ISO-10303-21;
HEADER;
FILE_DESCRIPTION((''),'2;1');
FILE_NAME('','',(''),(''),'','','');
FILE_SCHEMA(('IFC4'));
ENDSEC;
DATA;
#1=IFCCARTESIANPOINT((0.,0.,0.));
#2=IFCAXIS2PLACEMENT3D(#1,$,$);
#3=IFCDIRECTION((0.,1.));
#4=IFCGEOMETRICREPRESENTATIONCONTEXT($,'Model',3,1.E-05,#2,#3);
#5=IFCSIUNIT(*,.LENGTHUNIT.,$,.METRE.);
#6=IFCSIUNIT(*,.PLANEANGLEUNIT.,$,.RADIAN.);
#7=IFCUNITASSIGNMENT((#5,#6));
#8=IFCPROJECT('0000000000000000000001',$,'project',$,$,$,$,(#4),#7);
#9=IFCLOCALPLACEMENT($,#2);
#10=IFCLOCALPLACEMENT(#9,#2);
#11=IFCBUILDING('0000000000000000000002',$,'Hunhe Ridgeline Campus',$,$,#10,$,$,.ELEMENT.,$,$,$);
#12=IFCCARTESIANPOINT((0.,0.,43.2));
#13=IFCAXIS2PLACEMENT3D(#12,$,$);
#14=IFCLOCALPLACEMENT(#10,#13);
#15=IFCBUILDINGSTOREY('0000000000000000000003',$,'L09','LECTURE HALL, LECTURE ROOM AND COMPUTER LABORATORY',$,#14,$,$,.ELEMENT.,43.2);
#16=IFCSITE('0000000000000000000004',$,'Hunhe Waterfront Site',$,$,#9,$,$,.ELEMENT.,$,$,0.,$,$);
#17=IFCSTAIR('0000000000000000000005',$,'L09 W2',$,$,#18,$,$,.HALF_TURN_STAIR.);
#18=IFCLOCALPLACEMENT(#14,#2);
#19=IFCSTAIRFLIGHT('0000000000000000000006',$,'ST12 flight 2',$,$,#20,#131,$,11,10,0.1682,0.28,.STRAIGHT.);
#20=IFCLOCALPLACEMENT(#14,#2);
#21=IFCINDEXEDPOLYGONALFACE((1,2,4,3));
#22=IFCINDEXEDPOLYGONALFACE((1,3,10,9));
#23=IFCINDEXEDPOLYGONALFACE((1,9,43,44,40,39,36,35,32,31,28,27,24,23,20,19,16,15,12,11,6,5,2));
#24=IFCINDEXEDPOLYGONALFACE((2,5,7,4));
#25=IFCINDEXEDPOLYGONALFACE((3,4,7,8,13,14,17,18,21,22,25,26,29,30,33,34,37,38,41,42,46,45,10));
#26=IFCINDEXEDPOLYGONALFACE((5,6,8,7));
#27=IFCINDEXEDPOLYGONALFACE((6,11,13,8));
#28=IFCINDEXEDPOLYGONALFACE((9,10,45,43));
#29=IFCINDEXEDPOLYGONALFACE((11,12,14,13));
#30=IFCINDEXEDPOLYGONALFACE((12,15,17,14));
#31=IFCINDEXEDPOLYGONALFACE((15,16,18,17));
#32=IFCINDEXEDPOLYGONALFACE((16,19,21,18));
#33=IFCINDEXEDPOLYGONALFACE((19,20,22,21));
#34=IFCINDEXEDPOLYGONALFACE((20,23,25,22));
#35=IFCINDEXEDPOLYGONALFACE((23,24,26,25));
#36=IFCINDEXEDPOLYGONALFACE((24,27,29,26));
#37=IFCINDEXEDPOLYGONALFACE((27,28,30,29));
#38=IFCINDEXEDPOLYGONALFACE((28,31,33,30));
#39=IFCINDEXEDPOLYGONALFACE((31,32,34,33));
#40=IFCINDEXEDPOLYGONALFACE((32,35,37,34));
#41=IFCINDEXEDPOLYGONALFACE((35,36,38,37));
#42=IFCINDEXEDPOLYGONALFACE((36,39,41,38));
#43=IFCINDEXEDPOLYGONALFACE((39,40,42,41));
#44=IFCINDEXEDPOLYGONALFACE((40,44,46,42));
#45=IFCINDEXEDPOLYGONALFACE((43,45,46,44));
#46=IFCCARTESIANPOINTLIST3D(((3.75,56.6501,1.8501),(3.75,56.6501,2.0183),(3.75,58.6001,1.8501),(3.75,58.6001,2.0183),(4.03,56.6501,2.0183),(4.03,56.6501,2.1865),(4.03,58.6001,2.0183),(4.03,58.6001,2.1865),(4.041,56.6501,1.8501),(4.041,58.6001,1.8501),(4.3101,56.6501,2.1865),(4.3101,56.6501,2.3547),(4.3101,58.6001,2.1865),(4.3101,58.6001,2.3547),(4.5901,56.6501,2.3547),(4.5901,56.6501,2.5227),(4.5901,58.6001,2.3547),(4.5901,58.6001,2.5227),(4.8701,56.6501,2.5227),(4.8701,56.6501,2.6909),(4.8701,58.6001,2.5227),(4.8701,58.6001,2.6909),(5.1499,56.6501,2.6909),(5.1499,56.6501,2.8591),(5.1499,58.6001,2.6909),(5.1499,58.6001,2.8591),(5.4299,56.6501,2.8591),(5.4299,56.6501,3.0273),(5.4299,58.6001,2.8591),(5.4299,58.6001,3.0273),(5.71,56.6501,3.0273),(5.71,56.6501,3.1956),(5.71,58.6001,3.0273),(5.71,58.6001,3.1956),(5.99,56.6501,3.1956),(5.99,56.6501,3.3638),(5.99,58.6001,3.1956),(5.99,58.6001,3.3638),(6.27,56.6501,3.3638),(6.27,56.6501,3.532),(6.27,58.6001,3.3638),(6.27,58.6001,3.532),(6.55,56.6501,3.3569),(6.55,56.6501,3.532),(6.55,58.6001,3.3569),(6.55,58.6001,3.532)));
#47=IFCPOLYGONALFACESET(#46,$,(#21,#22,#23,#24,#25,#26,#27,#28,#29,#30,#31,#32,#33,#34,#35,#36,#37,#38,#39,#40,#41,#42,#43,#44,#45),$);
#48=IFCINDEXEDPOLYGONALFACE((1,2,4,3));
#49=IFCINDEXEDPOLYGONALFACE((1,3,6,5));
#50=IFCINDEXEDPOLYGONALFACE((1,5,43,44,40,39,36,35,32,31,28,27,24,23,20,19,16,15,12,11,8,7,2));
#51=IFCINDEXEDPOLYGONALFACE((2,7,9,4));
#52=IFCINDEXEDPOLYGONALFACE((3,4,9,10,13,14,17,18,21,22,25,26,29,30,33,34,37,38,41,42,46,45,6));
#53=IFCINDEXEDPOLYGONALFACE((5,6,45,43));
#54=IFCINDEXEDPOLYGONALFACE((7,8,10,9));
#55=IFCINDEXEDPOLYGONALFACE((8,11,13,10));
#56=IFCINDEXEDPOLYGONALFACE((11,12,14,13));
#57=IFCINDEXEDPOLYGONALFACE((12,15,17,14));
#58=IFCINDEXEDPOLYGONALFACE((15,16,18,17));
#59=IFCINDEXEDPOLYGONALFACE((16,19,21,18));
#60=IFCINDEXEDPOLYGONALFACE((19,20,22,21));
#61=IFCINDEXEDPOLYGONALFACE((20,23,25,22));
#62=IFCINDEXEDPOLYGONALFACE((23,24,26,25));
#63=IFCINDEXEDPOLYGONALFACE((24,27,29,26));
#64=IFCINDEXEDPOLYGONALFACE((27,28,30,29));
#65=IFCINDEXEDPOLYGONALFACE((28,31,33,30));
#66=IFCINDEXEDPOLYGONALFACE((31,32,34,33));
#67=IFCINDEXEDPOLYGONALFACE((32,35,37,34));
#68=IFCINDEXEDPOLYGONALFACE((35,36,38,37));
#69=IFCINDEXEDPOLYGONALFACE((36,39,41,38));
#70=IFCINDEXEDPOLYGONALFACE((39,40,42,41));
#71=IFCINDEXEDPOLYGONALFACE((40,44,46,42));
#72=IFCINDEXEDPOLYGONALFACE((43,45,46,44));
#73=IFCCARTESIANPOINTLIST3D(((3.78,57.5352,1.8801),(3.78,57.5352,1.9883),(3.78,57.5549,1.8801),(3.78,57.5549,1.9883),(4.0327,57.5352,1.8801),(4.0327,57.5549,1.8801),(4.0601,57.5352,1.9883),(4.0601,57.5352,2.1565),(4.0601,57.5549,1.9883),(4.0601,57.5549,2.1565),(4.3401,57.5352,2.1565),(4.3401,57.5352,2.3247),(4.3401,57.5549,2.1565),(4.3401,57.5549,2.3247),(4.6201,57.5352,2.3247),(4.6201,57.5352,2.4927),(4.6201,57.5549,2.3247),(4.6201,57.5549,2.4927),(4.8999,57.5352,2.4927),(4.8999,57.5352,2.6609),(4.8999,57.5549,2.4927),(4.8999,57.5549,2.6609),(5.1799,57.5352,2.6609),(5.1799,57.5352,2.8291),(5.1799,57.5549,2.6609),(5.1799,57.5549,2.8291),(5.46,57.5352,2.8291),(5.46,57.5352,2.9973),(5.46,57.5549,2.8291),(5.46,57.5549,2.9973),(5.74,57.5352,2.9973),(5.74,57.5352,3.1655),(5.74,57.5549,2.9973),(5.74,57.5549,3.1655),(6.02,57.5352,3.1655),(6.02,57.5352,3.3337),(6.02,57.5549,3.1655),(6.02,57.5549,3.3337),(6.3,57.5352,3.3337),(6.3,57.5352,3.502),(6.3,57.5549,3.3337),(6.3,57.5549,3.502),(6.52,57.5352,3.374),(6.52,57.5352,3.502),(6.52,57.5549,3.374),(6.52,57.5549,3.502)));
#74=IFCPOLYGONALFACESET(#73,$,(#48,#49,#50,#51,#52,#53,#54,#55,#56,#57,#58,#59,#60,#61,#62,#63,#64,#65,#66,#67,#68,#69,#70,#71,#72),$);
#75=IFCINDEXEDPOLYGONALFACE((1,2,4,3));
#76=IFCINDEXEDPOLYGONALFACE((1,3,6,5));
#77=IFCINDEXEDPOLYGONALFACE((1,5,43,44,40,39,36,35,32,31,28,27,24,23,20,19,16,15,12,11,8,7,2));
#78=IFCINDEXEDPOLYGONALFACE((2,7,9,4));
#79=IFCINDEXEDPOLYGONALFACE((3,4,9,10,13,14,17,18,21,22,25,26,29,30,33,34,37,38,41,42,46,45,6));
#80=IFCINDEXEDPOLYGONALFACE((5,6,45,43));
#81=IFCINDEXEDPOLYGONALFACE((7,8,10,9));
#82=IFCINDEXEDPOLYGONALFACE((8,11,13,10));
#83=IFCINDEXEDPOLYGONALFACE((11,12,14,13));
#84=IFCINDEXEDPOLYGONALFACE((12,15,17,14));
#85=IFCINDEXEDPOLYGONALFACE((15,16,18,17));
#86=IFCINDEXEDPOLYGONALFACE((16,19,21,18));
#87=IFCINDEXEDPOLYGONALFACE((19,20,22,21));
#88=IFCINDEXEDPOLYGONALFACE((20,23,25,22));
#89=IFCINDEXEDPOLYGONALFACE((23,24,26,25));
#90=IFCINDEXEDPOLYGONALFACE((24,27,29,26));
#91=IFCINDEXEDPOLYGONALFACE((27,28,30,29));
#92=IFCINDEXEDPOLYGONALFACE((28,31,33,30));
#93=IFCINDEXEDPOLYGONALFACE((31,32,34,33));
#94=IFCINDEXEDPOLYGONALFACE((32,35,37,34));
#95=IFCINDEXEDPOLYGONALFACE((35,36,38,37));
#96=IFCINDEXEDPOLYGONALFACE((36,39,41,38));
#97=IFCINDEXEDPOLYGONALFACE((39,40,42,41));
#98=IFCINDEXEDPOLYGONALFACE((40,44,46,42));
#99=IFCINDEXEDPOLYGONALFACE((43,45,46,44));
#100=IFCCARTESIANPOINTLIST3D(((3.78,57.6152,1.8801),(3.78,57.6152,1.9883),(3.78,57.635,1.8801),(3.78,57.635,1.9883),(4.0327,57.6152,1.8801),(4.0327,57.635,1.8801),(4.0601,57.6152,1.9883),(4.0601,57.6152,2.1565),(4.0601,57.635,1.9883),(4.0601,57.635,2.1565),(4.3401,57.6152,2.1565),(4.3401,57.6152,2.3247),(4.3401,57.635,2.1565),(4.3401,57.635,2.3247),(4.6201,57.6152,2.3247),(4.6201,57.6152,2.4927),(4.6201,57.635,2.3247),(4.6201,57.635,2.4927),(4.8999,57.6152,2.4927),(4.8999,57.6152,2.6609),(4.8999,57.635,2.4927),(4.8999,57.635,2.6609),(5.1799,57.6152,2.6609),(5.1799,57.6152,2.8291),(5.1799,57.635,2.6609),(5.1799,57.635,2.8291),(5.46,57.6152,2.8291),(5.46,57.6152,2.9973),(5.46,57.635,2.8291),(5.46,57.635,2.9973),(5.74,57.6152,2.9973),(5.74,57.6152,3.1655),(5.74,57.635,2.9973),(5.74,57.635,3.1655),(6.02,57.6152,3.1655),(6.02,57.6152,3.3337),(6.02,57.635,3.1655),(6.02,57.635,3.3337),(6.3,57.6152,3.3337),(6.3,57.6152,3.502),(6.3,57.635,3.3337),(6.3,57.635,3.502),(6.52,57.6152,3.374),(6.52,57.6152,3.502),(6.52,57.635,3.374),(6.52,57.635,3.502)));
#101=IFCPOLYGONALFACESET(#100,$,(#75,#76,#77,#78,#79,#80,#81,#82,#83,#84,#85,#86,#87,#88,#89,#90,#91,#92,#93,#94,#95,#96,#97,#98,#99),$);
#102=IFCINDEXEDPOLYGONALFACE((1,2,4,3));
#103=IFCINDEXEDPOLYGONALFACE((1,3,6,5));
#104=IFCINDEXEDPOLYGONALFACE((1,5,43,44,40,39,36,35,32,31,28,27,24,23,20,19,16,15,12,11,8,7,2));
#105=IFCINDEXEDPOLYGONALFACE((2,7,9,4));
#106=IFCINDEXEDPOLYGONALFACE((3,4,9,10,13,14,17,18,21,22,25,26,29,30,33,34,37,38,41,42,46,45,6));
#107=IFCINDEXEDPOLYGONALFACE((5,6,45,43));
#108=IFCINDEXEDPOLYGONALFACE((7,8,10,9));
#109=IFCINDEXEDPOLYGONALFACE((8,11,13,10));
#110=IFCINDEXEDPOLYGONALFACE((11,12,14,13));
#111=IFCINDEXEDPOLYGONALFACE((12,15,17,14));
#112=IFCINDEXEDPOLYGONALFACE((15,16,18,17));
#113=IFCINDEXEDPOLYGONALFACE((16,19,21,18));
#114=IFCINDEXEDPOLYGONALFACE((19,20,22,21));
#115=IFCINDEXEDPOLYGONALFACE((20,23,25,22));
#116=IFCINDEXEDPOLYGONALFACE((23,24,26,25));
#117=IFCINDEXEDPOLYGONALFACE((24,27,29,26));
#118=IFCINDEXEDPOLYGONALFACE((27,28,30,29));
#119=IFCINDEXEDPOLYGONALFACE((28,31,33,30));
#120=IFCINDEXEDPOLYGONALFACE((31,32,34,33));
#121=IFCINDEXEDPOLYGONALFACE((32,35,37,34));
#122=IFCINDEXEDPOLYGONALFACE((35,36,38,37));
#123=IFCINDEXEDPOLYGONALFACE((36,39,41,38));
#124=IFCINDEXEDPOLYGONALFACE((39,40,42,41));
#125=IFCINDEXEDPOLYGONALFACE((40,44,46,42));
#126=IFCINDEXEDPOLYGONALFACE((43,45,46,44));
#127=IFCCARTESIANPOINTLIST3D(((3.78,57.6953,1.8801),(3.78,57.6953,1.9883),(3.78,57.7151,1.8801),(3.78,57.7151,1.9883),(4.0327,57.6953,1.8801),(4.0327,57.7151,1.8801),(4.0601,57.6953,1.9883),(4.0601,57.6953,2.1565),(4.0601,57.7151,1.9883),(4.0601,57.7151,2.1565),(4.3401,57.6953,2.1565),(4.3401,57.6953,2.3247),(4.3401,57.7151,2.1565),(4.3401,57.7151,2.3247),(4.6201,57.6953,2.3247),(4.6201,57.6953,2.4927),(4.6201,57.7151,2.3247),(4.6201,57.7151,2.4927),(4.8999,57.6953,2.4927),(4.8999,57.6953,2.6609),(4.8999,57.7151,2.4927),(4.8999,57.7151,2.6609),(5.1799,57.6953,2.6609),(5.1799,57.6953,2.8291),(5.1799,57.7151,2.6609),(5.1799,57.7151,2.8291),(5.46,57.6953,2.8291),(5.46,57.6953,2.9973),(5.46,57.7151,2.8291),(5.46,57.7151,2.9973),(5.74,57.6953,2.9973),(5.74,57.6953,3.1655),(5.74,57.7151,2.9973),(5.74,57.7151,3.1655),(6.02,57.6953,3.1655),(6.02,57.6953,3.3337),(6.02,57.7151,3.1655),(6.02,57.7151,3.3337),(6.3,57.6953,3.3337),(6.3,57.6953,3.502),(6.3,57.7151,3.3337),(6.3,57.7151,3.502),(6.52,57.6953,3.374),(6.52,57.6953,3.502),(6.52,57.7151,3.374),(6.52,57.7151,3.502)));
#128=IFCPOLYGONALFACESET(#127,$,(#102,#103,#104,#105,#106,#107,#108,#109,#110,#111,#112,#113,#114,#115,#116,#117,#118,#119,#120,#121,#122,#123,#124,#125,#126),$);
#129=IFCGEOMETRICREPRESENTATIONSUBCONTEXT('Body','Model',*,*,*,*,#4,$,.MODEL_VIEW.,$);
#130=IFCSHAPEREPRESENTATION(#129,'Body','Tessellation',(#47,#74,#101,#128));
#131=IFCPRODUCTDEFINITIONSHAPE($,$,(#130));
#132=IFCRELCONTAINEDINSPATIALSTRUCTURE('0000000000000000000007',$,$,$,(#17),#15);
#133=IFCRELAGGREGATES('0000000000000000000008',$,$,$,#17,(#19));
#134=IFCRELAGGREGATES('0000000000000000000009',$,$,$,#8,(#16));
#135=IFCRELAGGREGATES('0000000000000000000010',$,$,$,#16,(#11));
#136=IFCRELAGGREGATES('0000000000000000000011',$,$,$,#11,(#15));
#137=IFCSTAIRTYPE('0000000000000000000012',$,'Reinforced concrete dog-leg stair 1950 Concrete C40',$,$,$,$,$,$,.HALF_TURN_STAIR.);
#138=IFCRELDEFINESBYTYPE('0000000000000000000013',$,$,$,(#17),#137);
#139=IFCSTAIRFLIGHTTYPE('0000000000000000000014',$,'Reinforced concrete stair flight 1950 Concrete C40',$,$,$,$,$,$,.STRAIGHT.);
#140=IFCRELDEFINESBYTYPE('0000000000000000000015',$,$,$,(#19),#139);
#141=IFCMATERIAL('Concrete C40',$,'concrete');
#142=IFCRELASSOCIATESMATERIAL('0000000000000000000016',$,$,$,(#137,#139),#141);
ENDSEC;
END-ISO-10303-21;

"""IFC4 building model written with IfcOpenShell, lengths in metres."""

from ifc_helpers import new_model, si_unit, direction, frame, origin, place, context, subcontext, project, spatial, polyline, outline, extrude, material, type_object, element, aggregate, save


model = new_model("IFC4")

# Units and contexts
model_context = context("Model", 3, precision=1e-05, world=origin(), true_north=direction((0.0, 1.0)))
body_context = subcontext(model_context, "Body", "Model", "MODEL_VIEW")
ifc_project = project(units=[si_unit("LENGTHUNIT", "METRE"), si_unit("PLANEANGLEUNIT", "RADIAN")], contexts=[model_context])

# Site, building, storey
site_placement = place(None, origin())
site = spatial("IfcSite", under=ifc_project, at=site_placement, Name="Hunhe Waterfront Site", CompositionType="ELEMENT", RefElevation=0.0)
building_placement = place(site_placement, origin())
building = spatial("IfcBuilding", under=site, at=building_placement, Name="Hunhe Ridgeline Campus", CompositionType="ELEMENT")
storey_placement = place(building_placement, frame((0.0, 0.0, 43.2)))
storey = spatial("IfcBuildingStorey", under=building, at=storey_placement, Name="L09", Description="LECTURE HALL, LECTURE ROOM AND COMPUTER LABORATORY", CompositionType="ELEMENT", Elevation=43.2)

# Stair, stair flight
ifc_material_1 = material(Name="Concrete C40", Category="concrete")
stair_type = type_object("IfcStairType", Name="Reinforced concrete dog-leg stair 1950 Concrete C40", PredefinedType="HALF_TURN_STAIR", material=ifc_material_1)
stair_placement = place(storey_placement, origin())
stair = element("IfcStair", 1, at=stair_placement, inside=storey, type_object=stair_type, Name="L09 W2", PredefinedType="HALF_TURN_STAIR")
stair_flight_type = type_object("IfcStairFlightType", Name="Reinforced concrete stair flight 1950 Concrete C40", PredefinedType="STRAIGHT", material=ifc_material_1)
stair_flight_1_placement = place(storey_placement, frame((3.75, 57.625, 1.8501), z_axis=(0.0, 0.0, 1.0), x_axis=(1.0, 0.0, 0.0)))
stair_flight_1 = element("IfcStairFlight", 2, at=stair_flight_1_placement, type_object=stair_flight_type, Name="ST12 flight 2", NumberOfRisers=11, NumberOfTreads=10, PredefinedType="STRAIGHT", RiserHeight=0.1682, TreadLength=0.28, context=body_context, shape_type="SweptSolid", body=[
    extrude(outline(polyline([(0.0, 0.0), (0.0, 0.1682), (0.28, 0.1682), (0.28, 0.3364), (0.5601, 0.3364), (0.5601, 0.5046), (0.8401, 0.5046), (0.8401, 0.6726), (1.1201, 0.6726), (1.1201, 0.8408), (1.3999, 0.8408), (1.3999, 1.009), (1.6799, 1.009), (1.6799, 1.1772), (1.96, 1.1772), (1.96, 1.3455), (2.24, 1.3455), (2.24, 1.5137), (2.52, 1.5137), (2.52, 1.6819), (2.8, 1.6819), (2.8, 1.8501), (2.8, 1.5068), (0.291, 0.0), (0.0, 0.0)])), frame((0.0, 0.9751, 0.0), z_axis=(0.0, -1.0, 0.0), x_axis=(1.0, 0.0, 0.0)), (0.0, 0.0, 1.0), 1.95),
    extrude(outline(polyline([(0.03, 0.03), (0.03, 0.1382), (0.3101, 0.1382), (0.3101, 0.3064), (0.5901, 0.3064), (0.5901, 0.4746), (0.8701, 0.4746), (0.8701, 0.6426), (1.1499, 0.6426), (1.1499, 0.8108), (1.4299, 0.8108), (1.4299, 0.979), (1.71, 0.979), (1.71, 1.1472), (1.99, 1.1472), (1.99, 1.3154), (2.27, 1.3154), (2.27, 1.4836), (2.55, 1.4836), (2.55, 1.6519), (2.77, 1.6519), (2.77, 1.5239), (0.2827, 0.03), (0.03, 0.03)])), frame((0.0, -0.0701, 0.0), z_axis=(0.0, -1.0, 0.0), x_axis=(1.0, 0.0, 0.0)), (0.0, 0.0, 1.0), 0.0198),
    extrude(outline(polyline([(0.03, 0.03), (0.03, 0.1382), (0.3101, 0.1382), (0.3101, 0.3064), (0.5901, 0.3064), (0.5901, 0.4746), (0.8701, 0.4746), (0.8701, 0.6426), (1.1499, 0.6426), (1.1499, 0.8108), (1.4299, 0.8108), (1.4299, 0.979), (1.71, 0.979), (1.71, 1.1472), (1.99, 1.1472), (1.99, 1.3154), (2.27, 1.3154), (2.27, 1.4836), (2.55, 1.4836), (2.55, 1.6519), (2.77, 1.6519), (2.77, 1.5239), (0.2827, 0.03), (0.03, 0.03)])), frame((0.0, 0.01, 0.0), z_axis=(0.0, -1.0, 0.0), x_axis=(1.0, 0.0, 0.0)), (0.0, 0.0, 1.0), 0.0198),
    extrude(outline(polyline([(0.03, 0.03), (0.03, 0.1382), (0.3101, 0.1382), (0.3101, 0.3064), (0.5901, 0.3064), (0.5901, 0.4746), (0.8701, 0.4746), (0.8701, 0.6426), (1.1499, 0.6426), (1.1499, 0.8108), (1.4299, 0.8108), (1.4299, 0.979), (1.71, 0.979), (1.71, 1.1472), (1.99, 1.1472), (1.99, 1.3154), (2.27, 1.3154), (2.27, 1.4836), (2.55, 1.4836), (2.55, 1.6519), (2.77, 1.6519), (2.77, 1.5239), (0.2827, 0.03), (0.03, 0.03)])), frame((0.0, 0.0901, 0.0), z_axis=(0.0, -1.0, 0.0), x_axis=(1.0, 0.0, 0.0)), (0.0, 0.0, 1.0), 0.0198),
])
aggregate(stair, [stair_flight_1])

save(model, "model.ifc")
